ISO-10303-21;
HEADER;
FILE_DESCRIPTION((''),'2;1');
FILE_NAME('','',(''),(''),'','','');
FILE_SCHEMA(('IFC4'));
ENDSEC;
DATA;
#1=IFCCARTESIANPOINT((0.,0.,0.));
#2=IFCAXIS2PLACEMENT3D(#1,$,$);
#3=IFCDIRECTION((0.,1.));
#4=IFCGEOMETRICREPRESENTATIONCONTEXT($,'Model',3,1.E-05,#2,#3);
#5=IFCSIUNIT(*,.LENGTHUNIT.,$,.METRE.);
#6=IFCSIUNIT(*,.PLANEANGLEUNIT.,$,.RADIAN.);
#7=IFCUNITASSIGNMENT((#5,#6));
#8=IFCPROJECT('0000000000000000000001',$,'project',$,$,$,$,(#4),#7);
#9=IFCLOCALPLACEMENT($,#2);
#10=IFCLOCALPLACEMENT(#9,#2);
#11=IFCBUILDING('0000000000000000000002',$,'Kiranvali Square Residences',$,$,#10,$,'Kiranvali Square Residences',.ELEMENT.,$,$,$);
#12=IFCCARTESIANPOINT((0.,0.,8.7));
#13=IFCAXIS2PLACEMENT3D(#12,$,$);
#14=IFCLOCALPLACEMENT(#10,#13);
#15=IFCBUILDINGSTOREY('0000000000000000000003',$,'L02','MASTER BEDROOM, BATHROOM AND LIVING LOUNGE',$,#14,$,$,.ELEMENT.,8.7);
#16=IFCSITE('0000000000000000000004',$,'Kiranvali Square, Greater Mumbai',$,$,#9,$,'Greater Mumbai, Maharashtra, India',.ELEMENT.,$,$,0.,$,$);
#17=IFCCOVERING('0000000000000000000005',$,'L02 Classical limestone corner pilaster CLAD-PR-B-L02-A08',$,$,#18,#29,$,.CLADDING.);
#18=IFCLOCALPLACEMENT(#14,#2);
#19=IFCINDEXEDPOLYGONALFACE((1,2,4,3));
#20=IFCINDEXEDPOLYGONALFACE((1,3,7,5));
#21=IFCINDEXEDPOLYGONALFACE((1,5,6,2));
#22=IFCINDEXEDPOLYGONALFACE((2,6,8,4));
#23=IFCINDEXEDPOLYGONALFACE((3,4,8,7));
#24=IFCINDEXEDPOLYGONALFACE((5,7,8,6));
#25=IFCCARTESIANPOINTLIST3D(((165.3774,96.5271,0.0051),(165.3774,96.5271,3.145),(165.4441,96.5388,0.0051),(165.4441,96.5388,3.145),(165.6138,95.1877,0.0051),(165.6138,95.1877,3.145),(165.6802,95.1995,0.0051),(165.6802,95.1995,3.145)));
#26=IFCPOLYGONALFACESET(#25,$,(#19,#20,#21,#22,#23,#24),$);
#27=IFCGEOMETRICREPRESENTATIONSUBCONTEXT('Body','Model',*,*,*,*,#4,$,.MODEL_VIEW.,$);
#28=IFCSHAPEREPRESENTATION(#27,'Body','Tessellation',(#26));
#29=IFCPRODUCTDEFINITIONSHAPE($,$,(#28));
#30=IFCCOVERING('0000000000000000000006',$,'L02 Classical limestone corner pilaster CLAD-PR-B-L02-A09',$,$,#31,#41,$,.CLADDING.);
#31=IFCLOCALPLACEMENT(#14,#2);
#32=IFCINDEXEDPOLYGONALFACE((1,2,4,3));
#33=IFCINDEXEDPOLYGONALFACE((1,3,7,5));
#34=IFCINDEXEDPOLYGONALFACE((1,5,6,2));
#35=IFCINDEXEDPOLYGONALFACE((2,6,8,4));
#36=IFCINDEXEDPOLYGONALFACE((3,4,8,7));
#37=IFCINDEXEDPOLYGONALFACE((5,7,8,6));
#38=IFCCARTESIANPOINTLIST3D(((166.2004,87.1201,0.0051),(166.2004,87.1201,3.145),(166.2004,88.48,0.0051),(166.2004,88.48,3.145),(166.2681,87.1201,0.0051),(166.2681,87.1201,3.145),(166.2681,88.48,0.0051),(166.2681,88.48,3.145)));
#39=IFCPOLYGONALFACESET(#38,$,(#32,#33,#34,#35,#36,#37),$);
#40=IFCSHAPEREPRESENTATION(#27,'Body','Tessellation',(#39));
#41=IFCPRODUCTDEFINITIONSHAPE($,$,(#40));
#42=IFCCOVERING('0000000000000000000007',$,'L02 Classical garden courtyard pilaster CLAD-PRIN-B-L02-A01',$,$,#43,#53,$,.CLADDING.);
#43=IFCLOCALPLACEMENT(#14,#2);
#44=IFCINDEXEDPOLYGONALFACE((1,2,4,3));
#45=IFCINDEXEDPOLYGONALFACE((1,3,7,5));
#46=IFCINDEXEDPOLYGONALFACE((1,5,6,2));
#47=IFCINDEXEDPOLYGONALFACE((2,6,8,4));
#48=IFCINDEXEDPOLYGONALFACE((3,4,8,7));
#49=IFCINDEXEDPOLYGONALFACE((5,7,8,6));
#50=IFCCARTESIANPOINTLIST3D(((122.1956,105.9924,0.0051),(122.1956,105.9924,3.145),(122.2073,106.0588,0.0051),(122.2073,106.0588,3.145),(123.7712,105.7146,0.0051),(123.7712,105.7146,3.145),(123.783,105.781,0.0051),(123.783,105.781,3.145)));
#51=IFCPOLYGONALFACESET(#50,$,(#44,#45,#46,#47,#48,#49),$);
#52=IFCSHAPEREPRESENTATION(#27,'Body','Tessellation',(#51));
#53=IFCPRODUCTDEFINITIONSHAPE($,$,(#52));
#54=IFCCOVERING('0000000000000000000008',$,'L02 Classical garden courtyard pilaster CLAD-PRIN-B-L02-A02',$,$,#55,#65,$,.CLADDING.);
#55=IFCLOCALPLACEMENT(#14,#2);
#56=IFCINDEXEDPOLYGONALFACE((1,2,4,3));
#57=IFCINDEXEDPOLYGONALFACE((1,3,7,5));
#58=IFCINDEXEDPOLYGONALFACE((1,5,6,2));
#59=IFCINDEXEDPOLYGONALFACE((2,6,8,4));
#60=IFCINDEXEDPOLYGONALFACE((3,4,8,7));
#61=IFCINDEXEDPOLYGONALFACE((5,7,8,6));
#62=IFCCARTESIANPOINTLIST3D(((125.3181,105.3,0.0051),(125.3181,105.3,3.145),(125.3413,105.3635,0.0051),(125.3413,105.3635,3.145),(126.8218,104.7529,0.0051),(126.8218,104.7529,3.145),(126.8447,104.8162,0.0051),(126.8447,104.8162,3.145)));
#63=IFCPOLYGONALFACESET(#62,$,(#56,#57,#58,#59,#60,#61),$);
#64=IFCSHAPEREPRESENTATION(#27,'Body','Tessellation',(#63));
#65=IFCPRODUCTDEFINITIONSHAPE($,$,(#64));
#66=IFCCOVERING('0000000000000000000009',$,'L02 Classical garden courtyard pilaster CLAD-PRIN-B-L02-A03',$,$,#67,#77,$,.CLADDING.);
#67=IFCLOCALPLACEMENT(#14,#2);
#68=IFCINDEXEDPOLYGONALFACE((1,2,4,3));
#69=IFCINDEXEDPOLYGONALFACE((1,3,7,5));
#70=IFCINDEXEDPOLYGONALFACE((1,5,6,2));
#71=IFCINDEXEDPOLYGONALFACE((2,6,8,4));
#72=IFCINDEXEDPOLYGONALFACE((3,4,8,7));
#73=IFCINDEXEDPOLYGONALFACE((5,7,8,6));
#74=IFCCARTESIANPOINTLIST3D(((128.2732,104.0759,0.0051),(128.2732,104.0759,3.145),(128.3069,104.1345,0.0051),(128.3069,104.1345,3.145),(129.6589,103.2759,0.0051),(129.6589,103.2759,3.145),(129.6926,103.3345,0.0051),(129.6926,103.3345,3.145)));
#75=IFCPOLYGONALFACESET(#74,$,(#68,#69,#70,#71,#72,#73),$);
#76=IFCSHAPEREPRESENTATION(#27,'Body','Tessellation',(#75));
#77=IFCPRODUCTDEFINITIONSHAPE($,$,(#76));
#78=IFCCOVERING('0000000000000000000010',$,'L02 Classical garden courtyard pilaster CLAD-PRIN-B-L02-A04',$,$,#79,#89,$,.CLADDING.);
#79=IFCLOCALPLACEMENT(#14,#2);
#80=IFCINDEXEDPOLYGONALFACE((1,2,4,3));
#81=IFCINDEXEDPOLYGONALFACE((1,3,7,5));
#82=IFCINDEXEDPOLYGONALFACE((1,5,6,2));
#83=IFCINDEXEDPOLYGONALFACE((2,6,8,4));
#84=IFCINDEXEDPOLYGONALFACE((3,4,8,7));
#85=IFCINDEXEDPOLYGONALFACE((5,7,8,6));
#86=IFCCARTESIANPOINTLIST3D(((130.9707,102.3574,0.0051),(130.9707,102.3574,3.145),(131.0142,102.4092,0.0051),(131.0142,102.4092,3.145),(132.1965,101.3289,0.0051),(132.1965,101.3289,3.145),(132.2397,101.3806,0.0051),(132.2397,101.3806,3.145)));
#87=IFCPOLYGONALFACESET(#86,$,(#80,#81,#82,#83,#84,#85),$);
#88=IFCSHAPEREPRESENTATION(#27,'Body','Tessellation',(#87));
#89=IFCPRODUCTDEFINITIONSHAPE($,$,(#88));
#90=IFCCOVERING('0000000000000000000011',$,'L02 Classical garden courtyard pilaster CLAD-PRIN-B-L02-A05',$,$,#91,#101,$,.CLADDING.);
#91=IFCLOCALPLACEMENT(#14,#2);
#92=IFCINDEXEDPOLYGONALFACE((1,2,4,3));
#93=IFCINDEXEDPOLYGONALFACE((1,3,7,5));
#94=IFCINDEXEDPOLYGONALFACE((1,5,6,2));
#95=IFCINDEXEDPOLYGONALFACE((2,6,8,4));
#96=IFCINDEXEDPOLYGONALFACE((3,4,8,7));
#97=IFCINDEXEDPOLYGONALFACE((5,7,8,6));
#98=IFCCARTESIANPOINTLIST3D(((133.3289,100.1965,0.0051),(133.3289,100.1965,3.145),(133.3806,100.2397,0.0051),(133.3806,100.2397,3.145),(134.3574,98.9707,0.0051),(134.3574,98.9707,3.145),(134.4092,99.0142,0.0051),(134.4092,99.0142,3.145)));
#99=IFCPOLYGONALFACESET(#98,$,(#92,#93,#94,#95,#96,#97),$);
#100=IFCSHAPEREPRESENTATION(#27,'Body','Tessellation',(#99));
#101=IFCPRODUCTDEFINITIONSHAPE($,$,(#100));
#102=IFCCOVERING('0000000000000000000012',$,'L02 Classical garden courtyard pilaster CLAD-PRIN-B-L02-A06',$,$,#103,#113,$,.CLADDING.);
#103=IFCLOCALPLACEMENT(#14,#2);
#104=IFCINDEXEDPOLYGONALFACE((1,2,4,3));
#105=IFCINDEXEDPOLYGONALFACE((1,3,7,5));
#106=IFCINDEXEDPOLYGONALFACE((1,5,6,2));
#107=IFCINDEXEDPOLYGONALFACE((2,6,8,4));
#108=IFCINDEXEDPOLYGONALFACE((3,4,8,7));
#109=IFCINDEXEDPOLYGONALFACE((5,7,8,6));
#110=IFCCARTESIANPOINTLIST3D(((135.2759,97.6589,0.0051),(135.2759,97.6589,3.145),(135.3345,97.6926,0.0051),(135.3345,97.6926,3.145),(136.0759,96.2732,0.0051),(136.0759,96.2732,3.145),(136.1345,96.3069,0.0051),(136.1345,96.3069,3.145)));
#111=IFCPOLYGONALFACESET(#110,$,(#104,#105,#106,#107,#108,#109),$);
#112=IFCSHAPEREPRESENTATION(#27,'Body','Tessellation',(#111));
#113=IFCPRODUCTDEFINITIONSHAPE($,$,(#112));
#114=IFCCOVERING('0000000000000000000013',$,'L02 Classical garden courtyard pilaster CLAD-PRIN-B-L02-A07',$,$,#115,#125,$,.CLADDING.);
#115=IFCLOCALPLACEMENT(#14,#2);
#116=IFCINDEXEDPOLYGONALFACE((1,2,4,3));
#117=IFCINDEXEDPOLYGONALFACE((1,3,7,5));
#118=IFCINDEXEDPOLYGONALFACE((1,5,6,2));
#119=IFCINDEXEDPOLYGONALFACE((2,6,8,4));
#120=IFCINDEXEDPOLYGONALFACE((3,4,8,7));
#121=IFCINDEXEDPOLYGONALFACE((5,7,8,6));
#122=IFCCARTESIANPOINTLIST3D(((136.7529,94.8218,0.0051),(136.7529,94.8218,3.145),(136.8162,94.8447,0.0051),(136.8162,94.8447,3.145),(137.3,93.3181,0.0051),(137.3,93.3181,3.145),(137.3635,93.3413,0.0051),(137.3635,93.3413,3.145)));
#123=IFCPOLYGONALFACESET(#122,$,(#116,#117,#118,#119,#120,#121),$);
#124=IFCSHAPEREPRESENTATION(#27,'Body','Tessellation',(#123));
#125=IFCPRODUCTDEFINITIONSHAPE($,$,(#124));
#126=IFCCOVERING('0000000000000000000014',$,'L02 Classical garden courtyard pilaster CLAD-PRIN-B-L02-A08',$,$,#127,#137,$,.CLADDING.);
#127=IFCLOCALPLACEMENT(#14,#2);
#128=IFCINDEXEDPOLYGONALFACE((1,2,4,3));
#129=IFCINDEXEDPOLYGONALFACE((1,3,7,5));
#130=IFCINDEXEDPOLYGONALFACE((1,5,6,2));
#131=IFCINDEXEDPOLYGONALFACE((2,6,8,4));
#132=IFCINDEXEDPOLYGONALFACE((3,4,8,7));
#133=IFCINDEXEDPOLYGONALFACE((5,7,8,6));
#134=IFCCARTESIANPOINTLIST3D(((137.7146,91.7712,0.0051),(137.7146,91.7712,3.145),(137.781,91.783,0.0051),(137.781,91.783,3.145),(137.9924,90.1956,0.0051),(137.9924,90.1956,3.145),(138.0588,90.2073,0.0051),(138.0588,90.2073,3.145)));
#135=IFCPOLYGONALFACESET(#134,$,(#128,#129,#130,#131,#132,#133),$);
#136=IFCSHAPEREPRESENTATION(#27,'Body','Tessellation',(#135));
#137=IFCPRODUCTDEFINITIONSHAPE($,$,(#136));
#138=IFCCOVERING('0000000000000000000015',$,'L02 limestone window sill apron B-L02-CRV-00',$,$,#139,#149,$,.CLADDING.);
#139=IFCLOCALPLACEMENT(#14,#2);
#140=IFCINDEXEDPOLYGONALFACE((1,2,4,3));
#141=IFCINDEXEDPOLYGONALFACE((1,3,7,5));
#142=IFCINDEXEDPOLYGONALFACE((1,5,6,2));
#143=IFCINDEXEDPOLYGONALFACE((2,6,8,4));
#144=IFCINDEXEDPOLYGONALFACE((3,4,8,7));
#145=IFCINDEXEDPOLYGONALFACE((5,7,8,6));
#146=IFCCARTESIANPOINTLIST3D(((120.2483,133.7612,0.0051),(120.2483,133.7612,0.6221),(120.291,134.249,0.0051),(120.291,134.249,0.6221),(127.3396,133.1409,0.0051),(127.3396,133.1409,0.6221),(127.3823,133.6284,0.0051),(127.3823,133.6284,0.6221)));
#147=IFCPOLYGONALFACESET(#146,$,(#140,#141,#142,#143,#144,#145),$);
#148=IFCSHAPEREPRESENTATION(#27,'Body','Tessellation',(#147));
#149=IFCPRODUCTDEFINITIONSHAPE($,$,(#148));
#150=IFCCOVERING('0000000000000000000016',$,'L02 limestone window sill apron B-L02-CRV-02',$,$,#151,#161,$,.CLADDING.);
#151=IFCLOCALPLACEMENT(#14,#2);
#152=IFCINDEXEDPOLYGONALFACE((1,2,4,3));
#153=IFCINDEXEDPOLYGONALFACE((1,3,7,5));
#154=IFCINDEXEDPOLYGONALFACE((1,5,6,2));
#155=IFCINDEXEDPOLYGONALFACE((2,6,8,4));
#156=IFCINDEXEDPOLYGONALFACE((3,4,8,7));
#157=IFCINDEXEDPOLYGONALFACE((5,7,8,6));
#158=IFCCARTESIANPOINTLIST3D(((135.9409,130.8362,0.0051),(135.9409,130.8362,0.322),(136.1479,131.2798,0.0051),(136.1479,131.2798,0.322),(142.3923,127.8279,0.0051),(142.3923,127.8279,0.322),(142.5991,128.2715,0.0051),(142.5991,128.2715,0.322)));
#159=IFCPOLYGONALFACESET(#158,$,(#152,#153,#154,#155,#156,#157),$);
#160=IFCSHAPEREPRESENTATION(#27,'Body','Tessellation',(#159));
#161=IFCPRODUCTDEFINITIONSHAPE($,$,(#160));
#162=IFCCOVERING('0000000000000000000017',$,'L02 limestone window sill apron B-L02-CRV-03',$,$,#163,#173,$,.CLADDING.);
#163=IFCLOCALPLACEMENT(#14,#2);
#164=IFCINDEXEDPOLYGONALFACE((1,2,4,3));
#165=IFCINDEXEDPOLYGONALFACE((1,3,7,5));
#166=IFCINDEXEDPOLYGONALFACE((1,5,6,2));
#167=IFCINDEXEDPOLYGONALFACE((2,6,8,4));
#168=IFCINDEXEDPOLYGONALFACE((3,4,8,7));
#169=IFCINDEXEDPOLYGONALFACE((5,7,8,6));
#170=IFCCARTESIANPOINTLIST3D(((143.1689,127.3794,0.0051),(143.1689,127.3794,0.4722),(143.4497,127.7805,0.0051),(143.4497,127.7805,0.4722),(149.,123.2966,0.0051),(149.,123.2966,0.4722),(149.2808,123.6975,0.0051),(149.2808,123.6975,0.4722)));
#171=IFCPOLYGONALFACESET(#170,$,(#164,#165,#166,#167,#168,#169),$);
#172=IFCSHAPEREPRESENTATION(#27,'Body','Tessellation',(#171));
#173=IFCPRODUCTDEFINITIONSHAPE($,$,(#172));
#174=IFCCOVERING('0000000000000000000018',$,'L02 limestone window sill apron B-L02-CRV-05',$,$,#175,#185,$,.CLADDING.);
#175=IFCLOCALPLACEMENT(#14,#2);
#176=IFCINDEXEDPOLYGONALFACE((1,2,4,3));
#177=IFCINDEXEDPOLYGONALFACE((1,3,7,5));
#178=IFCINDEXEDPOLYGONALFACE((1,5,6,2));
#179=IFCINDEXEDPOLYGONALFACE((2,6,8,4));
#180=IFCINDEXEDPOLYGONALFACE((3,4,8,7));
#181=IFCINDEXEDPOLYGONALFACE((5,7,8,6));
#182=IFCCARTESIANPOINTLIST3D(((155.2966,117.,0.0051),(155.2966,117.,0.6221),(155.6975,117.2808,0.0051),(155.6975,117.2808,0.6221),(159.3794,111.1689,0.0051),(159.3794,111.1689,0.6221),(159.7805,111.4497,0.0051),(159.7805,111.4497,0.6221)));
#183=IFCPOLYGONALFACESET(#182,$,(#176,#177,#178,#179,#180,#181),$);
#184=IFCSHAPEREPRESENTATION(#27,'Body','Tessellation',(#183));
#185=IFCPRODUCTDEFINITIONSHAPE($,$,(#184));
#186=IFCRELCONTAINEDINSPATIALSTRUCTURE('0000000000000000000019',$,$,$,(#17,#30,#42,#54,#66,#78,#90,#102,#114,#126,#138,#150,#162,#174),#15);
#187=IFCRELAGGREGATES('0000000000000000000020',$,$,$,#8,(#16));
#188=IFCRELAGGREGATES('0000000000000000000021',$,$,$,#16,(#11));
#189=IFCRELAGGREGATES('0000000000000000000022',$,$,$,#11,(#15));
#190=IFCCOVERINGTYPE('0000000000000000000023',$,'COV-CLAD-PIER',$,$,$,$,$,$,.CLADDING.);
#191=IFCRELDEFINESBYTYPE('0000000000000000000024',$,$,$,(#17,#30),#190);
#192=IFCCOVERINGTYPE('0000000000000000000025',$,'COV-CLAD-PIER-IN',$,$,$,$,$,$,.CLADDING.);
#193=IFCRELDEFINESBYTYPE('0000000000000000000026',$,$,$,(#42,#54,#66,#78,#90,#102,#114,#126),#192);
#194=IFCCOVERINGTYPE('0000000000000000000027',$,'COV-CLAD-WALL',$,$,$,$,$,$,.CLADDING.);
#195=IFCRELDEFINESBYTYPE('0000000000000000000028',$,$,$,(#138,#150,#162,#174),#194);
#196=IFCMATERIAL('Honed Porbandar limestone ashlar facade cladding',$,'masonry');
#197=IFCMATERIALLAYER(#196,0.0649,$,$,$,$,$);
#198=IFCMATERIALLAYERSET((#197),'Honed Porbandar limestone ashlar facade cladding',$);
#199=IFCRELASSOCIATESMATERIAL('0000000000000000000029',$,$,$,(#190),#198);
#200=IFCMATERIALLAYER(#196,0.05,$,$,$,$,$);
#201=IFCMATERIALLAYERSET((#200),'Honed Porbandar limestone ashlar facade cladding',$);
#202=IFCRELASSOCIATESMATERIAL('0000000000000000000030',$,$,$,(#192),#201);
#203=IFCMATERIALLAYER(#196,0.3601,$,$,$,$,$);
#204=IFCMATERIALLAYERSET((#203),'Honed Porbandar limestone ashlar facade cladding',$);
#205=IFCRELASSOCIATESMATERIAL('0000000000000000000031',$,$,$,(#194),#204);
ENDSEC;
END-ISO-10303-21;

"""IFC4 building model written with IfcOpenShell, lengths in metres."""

from ifc_helpers import new_model, si_unit, direction, frame, origin, place, context, subcontext, project, spatial, polyline, outline, extrude, material, layer, layer_set, type_object, element, save


model = new_model("IFC4")

# Units and contexts
model_context = context("Model", 3, precision=1e-05, world=origin(), true_north=direction((0.0, 1.0)))
body_context = subcontext(model_context, "Body", "Model", "MODEL_VIEW")
ifc_project = project(units=[si_unit("LENGTHUNIT", "METRE"), si_unit("PLANEANGLEUNIT", "RADIAN")], contexts=[model_context])

# Site, building, storey
site_placement = place(None, origin())
site = spatial("IfcSite", under=ifc_project, at=site_placement, Name="Kiranvali Square, Greater Mumbai", LongName="Greater Mumbai, Maharashtra, India", CompositionType="ELEMENT", RefElevation=0.0)
building_placement = place(site_placement, origin())
building = spatial("IfcBuilding", under=site, at=building_placement, Name="Kiranvali Square Residences", LongName="Kiranvali Square Residences", CompositionType="ELEMENT")
storey_placement = place(building_placement, frame((0.0, 0.0, 8.7)))
storey = spatial("IfcBuildingStorey", under=building, at=storey_placement, Name="L02", Description="MASTER BEDROOM, BATHROOM AND LIVING LOUNGE", CompositionType="ELEMENT", Elevation=8.7)

# Coverings
ifc_material = material(Name="Honed Porbandar limestone ashlar facade cladding", Category="masonry")
ifc_layer_1 = layer(ifc_material, 0.0649)
ifc_layer_set_1 = layer_set([ifc_layer_1], Name="Honed Porbandar limestone ashlar facade cladding")
covering_type_1 = type_object("IfcCoveringType", Name="COV-CLAD-PIER", PredefinedType="CLADDING", material=ifc_layer_set_1)
covering_1_placement = place(storey_placement, frame((0.0, 0.0, 0.0051)))
element("IfcCovering", 1, at=covering_1_placement, inside=storey, type_object=covering_type_1, Name="L02 Classical limestone corner pilaster CLAD-PR-B-L02-A08", PredefinedType="CLADDING", context=body_context, shape_type="SweptSolid", body=[
    extrude(outline(polyline([(165.6802, 95.1995), (165.4441, 96.5388), (165.3774, 96.5271), (165.6138, 95.1877), (165.6802, 95.1995)])), origin(), (0.0, 0.0, 1.0), 3.1399),
])
covering_2_placement = place(storey_placement, frame((0.0, 0.0, 0.0051)))
element("IfcCovering", 2, at=covering_2_placement, inside=storey, type_object=covering_type_1, Name="L02 Classical limestone corner pilaster CLAD-PR-B-L02-A09", PredefinedType="CLADDING", context=body_context, shape_type="SweptSolid", body=[
    extrude(outline(polyline([(166.2681, 87.1201), (166.2681, 88.48), (166.2004, 88.48), (166.2004, 87.1201), (166.2681, 87.1201)])), origin(), (0.0, 0.0, 1.0), 3.1399),
])
ifc_layer_2 = layer(ifc_material, 0.05)
ifc_layer_set_2 = layer_set([ifc_layer_2], Name="Honed Porbandar limestone ashlar facade cladding")
covering_type_2 = type_object("IfcCoveringType", Name="COV-CLAD-PIER-IN", PredefinedType="CLADDING", material=ifc_layer_set_2)
covering_3_placement = place(storey_placement, frame((0.0, 0.0, 0.0051)))
element("IfcCovering", 3, at=covering_3_placement, inside=storey, type_object=covering_type_2, Name="L02 Classical garden courtyard pilaster CLAD-PRIN-B-L02-A01", PredefinedType="CLADDING", context=body_context, shape_type="SweptSolid", body=[
    extrude(outline(polyline([(122.1956, 105.9924), (123.7712, 105.7146), (123.783, 105.781), (122.2073, 106.0588), (122.1956, 105.9924)])), origin(), (0.0, 0.0, 1.0), 3.1399),
])
covering_4_placement = place(storey_placement, frame((0.0, 0.0, 0.0051)))
element("IfcCovering", 4, at=covering_4_placement, inside=storey, type_object=covering_type_2, Name="L02 Classical garden courtyard pilaster CLAD-PRIN-B-L02-A02", PredefinedType="CLADDING", context=body_context, shape_type="SweptSolid", body=[
    extrude(outline(polyline([(125.3181, 105.3), (126.8218, 104.7529), (126.8447, 104.8162), (125.3413, 105.3635), (125.3181, 105.3)])), origin(), (0.0, 0.0, 1.0), 3.1399),
])
covering_5_placement = place(storey_placement, frame((0.0, 0.0, 0.0051)))
element("IfcCovering", 5, at=covering_5_placement, inside=storey, type_object=covering_type_2, Name="L02 Classical garden courtyard pilaster CLAD-PRIN-B-L02-A03", PredefinedType="CLADDING", context=body_context, shape_type="SweptSolid", body=[
    extrude(outline(polyline([(128.2732, 104.0759), (129.6589, 103.2759), (129.6926, 103.3345), (128.3069, 104.1345), (128.2732, 104.0759)])), origin(), (0.0, 0.0, 1.0), 3.1399),
])
covering_6_placement = place(storey_placement, frame((0.0, 0.0, 0.0051)))
element("IfcCovering", 6, at=covering_6_placement, inside=storey, type_object=covering_type_2, Name="L02 Classical garden courtyard pilaster CLAD-PRIN-B-L02-A04", PredefinedType="CLADDING", context=body_context, shape_type="SweptSolid", body=[
    extrude(outline(polyline([(130.9707, 102.3574), (132.1965, 101.3289), (132.2397, 101.3806), (131.0142, 102.4092), (130.9707, 102.3574)])), origin(), (0.0, 0.0, 1.0), 3.1399),
])
covering_7_placement = place(storey_placement, frame((0.0, 0.0, 0.0051)))
element("IfcCovering", 7, at=covering_7_placement, inside=storey, type_object=covering_type_2, Name="L02 Classical garden courtyard pilaster CLAD-PRIN-B-L02-A05", PredefinedType="CLADDING", context=body_context, shape_type="SweptSolid", body=[
    extrude(outline(polyline([(133.3289, 100.1965), (134.3574, 98.9707), (134.4092, 99.0142), (133.3806, 100.2397), (133.3289, 100.1965)])), origin(), (0.0, 0.0, 1.0), 3.1399),
])
covering_8_placement = place(storey_placement, frame((0.0, 0.0, 0.0051)))
element("IfcCovering", 8, at=covering_8_placement, inside=storey, type_object=covering_type_2, Name="L02 Classical garden courtyard pilaster CLAD-PRIN-B-L02-A06", PredefinedType="CLADDING", context=body_context, shape_type="SweptSolid", body=[
    extrude(outline(polyline([(135.2759, 97.6589), (136.0759, 96.2732), (136.1345, 96.3069), (135.3345, 97.6926), (135.2759, 97.6589)])), origin(), (0.0, 0.0, 1.0), 3.1399),
])
covering_9_placement = place(storey_placement, frame((0.0, 0.0, 0.0051)))
element("IfcCovering", 9, at=covering_9_placement, inside=storey, type_object=covering_type_2, Name="L02 Classical garden courtyard pilaster CLAD-PRIN-B-L02-A07", PredefinedType="CLADDING", context=body_context, shape_type="SweptSolid", body=[
    extrude(outline(polyline([(136.7529, 94.8218), (137.3, 93.3181), (137.3635, 93.3413), (136.8162, 94.8447), (136.7529, 94.8218)])), origin(), (0.0, 0.0, 1.0), 3.1399),
])
covering_10_placement = place(storey_placement, frame((0.0, 0.0, 0.0051)))
element("IfcCovering", 10, at=covering_10_placement, inside=storey, type_object=covering_type_2, Name="L02 Classical garden courtyard pilaster CLAD-PRIN-B-L02-A08", PredefinedType="CLADDING", context=body_context, shape_type="SweptSolid", body=[
    extrude(outline(polyline([(137.7146, 91.7712), (137.9924, 90.1956), (138.0588, 90.2073), (137.781, 91.783), (137.7146, 91.7712)])), origin(), (0.0, 0.0, 1.0), 3.1399),
])
ifc_layer_3 = layer(ifc_material, 0.3601)
ifc_layer_set_3 = layer_set([ifc_layer_3], Name="Honed Porbandar limestone ashlar facade cladding")
covering_type_3 = type_object("IfcCoveringType", Name="COV-CLAD-WALL", PredefinedType="CLADDING", material=ifc_layer_set_3)
covering_11_placement = place(storey_placement, frame((0.0, 0.0, 0.0051)))
element("IfcCovering", 11, at=covering_11_placement, inside=storey, type_object=covering_type_3, Name="L02 limestone window sill apron B-L02-CRV-00", PredefinedType="CLADDING", context=body_context, shape_type="SweptSolid", body=[
    extrude(outline(polyline([(120.2483, 133.7612), (127.3396, 133.1409), (127.3823, 133.6284), (120.291, 134.249), (120.2483, 133.7612)])), origin(), (0.0, 0.0, 1.0), 0.6169),
])
covering_12_placement = place(storey_placement, frame((0.0, 0.0, 0.0051)))
element("IfcCovering", 12, at=covering_12_placement, inside=storey, type_object=covering_type_3, Name="L02 limestone window sill apron B-L02-CRV-02", PredefinedType="CLADDING", context=body_context, shape_type="SweptSolid", body=[
    extrude(outline(polyline([(135.9409, 130.8362), (142.3923, 127.8279), (142.5991, 128.2715), (136.1479, 131.2798), (135.9409, 130.8362)])), origin(), (0.0, 0.0, 1.0), 0.3169),
])
covering_13_placement = place(storey_placement, frame((0.0, 0.0, 0.0051)))
element("IfcCovering", 13, at=covering_13_placement, inside=storey, type_object=covering_type_3, Name="L02 limestone window sill apron B-L02-CRV-03", PredefinedType="CLADDING", context=body_context, shape_type="SweptSolid", body=[
    extrude(outline(polyline([(143.1689, 127.3794), (149.0, 123.2966), (149.2808, 123.6975), (143.4497, 127.7805), (143.1689, 127.3794)])), origin(), (0.0, 0.0, 1.0), 0.467),
])
covering_14_placement = place(storey_placement, frame((0.0, 0.0, 0.0051)))
element("IfcCovering", 14, at=covering_14_placement, inside=storey, type_object=covering_type_3, Name="L02 limestone window sill apron B-L02-CRV-05", PredefinedType="CLADDING", context=body_context, shape_type="SweptSolid", body=[
    extrude(outline(polyline([(155.2966, 117.0), (159.3794, 111.1689), (159.7805, 111.4497), (155.6975, 117.2808), (155.2966, 117.0)])), origin(), (0.0, 0.0, 1.0), 0.6169),
])

save(model, "model.ifc")
